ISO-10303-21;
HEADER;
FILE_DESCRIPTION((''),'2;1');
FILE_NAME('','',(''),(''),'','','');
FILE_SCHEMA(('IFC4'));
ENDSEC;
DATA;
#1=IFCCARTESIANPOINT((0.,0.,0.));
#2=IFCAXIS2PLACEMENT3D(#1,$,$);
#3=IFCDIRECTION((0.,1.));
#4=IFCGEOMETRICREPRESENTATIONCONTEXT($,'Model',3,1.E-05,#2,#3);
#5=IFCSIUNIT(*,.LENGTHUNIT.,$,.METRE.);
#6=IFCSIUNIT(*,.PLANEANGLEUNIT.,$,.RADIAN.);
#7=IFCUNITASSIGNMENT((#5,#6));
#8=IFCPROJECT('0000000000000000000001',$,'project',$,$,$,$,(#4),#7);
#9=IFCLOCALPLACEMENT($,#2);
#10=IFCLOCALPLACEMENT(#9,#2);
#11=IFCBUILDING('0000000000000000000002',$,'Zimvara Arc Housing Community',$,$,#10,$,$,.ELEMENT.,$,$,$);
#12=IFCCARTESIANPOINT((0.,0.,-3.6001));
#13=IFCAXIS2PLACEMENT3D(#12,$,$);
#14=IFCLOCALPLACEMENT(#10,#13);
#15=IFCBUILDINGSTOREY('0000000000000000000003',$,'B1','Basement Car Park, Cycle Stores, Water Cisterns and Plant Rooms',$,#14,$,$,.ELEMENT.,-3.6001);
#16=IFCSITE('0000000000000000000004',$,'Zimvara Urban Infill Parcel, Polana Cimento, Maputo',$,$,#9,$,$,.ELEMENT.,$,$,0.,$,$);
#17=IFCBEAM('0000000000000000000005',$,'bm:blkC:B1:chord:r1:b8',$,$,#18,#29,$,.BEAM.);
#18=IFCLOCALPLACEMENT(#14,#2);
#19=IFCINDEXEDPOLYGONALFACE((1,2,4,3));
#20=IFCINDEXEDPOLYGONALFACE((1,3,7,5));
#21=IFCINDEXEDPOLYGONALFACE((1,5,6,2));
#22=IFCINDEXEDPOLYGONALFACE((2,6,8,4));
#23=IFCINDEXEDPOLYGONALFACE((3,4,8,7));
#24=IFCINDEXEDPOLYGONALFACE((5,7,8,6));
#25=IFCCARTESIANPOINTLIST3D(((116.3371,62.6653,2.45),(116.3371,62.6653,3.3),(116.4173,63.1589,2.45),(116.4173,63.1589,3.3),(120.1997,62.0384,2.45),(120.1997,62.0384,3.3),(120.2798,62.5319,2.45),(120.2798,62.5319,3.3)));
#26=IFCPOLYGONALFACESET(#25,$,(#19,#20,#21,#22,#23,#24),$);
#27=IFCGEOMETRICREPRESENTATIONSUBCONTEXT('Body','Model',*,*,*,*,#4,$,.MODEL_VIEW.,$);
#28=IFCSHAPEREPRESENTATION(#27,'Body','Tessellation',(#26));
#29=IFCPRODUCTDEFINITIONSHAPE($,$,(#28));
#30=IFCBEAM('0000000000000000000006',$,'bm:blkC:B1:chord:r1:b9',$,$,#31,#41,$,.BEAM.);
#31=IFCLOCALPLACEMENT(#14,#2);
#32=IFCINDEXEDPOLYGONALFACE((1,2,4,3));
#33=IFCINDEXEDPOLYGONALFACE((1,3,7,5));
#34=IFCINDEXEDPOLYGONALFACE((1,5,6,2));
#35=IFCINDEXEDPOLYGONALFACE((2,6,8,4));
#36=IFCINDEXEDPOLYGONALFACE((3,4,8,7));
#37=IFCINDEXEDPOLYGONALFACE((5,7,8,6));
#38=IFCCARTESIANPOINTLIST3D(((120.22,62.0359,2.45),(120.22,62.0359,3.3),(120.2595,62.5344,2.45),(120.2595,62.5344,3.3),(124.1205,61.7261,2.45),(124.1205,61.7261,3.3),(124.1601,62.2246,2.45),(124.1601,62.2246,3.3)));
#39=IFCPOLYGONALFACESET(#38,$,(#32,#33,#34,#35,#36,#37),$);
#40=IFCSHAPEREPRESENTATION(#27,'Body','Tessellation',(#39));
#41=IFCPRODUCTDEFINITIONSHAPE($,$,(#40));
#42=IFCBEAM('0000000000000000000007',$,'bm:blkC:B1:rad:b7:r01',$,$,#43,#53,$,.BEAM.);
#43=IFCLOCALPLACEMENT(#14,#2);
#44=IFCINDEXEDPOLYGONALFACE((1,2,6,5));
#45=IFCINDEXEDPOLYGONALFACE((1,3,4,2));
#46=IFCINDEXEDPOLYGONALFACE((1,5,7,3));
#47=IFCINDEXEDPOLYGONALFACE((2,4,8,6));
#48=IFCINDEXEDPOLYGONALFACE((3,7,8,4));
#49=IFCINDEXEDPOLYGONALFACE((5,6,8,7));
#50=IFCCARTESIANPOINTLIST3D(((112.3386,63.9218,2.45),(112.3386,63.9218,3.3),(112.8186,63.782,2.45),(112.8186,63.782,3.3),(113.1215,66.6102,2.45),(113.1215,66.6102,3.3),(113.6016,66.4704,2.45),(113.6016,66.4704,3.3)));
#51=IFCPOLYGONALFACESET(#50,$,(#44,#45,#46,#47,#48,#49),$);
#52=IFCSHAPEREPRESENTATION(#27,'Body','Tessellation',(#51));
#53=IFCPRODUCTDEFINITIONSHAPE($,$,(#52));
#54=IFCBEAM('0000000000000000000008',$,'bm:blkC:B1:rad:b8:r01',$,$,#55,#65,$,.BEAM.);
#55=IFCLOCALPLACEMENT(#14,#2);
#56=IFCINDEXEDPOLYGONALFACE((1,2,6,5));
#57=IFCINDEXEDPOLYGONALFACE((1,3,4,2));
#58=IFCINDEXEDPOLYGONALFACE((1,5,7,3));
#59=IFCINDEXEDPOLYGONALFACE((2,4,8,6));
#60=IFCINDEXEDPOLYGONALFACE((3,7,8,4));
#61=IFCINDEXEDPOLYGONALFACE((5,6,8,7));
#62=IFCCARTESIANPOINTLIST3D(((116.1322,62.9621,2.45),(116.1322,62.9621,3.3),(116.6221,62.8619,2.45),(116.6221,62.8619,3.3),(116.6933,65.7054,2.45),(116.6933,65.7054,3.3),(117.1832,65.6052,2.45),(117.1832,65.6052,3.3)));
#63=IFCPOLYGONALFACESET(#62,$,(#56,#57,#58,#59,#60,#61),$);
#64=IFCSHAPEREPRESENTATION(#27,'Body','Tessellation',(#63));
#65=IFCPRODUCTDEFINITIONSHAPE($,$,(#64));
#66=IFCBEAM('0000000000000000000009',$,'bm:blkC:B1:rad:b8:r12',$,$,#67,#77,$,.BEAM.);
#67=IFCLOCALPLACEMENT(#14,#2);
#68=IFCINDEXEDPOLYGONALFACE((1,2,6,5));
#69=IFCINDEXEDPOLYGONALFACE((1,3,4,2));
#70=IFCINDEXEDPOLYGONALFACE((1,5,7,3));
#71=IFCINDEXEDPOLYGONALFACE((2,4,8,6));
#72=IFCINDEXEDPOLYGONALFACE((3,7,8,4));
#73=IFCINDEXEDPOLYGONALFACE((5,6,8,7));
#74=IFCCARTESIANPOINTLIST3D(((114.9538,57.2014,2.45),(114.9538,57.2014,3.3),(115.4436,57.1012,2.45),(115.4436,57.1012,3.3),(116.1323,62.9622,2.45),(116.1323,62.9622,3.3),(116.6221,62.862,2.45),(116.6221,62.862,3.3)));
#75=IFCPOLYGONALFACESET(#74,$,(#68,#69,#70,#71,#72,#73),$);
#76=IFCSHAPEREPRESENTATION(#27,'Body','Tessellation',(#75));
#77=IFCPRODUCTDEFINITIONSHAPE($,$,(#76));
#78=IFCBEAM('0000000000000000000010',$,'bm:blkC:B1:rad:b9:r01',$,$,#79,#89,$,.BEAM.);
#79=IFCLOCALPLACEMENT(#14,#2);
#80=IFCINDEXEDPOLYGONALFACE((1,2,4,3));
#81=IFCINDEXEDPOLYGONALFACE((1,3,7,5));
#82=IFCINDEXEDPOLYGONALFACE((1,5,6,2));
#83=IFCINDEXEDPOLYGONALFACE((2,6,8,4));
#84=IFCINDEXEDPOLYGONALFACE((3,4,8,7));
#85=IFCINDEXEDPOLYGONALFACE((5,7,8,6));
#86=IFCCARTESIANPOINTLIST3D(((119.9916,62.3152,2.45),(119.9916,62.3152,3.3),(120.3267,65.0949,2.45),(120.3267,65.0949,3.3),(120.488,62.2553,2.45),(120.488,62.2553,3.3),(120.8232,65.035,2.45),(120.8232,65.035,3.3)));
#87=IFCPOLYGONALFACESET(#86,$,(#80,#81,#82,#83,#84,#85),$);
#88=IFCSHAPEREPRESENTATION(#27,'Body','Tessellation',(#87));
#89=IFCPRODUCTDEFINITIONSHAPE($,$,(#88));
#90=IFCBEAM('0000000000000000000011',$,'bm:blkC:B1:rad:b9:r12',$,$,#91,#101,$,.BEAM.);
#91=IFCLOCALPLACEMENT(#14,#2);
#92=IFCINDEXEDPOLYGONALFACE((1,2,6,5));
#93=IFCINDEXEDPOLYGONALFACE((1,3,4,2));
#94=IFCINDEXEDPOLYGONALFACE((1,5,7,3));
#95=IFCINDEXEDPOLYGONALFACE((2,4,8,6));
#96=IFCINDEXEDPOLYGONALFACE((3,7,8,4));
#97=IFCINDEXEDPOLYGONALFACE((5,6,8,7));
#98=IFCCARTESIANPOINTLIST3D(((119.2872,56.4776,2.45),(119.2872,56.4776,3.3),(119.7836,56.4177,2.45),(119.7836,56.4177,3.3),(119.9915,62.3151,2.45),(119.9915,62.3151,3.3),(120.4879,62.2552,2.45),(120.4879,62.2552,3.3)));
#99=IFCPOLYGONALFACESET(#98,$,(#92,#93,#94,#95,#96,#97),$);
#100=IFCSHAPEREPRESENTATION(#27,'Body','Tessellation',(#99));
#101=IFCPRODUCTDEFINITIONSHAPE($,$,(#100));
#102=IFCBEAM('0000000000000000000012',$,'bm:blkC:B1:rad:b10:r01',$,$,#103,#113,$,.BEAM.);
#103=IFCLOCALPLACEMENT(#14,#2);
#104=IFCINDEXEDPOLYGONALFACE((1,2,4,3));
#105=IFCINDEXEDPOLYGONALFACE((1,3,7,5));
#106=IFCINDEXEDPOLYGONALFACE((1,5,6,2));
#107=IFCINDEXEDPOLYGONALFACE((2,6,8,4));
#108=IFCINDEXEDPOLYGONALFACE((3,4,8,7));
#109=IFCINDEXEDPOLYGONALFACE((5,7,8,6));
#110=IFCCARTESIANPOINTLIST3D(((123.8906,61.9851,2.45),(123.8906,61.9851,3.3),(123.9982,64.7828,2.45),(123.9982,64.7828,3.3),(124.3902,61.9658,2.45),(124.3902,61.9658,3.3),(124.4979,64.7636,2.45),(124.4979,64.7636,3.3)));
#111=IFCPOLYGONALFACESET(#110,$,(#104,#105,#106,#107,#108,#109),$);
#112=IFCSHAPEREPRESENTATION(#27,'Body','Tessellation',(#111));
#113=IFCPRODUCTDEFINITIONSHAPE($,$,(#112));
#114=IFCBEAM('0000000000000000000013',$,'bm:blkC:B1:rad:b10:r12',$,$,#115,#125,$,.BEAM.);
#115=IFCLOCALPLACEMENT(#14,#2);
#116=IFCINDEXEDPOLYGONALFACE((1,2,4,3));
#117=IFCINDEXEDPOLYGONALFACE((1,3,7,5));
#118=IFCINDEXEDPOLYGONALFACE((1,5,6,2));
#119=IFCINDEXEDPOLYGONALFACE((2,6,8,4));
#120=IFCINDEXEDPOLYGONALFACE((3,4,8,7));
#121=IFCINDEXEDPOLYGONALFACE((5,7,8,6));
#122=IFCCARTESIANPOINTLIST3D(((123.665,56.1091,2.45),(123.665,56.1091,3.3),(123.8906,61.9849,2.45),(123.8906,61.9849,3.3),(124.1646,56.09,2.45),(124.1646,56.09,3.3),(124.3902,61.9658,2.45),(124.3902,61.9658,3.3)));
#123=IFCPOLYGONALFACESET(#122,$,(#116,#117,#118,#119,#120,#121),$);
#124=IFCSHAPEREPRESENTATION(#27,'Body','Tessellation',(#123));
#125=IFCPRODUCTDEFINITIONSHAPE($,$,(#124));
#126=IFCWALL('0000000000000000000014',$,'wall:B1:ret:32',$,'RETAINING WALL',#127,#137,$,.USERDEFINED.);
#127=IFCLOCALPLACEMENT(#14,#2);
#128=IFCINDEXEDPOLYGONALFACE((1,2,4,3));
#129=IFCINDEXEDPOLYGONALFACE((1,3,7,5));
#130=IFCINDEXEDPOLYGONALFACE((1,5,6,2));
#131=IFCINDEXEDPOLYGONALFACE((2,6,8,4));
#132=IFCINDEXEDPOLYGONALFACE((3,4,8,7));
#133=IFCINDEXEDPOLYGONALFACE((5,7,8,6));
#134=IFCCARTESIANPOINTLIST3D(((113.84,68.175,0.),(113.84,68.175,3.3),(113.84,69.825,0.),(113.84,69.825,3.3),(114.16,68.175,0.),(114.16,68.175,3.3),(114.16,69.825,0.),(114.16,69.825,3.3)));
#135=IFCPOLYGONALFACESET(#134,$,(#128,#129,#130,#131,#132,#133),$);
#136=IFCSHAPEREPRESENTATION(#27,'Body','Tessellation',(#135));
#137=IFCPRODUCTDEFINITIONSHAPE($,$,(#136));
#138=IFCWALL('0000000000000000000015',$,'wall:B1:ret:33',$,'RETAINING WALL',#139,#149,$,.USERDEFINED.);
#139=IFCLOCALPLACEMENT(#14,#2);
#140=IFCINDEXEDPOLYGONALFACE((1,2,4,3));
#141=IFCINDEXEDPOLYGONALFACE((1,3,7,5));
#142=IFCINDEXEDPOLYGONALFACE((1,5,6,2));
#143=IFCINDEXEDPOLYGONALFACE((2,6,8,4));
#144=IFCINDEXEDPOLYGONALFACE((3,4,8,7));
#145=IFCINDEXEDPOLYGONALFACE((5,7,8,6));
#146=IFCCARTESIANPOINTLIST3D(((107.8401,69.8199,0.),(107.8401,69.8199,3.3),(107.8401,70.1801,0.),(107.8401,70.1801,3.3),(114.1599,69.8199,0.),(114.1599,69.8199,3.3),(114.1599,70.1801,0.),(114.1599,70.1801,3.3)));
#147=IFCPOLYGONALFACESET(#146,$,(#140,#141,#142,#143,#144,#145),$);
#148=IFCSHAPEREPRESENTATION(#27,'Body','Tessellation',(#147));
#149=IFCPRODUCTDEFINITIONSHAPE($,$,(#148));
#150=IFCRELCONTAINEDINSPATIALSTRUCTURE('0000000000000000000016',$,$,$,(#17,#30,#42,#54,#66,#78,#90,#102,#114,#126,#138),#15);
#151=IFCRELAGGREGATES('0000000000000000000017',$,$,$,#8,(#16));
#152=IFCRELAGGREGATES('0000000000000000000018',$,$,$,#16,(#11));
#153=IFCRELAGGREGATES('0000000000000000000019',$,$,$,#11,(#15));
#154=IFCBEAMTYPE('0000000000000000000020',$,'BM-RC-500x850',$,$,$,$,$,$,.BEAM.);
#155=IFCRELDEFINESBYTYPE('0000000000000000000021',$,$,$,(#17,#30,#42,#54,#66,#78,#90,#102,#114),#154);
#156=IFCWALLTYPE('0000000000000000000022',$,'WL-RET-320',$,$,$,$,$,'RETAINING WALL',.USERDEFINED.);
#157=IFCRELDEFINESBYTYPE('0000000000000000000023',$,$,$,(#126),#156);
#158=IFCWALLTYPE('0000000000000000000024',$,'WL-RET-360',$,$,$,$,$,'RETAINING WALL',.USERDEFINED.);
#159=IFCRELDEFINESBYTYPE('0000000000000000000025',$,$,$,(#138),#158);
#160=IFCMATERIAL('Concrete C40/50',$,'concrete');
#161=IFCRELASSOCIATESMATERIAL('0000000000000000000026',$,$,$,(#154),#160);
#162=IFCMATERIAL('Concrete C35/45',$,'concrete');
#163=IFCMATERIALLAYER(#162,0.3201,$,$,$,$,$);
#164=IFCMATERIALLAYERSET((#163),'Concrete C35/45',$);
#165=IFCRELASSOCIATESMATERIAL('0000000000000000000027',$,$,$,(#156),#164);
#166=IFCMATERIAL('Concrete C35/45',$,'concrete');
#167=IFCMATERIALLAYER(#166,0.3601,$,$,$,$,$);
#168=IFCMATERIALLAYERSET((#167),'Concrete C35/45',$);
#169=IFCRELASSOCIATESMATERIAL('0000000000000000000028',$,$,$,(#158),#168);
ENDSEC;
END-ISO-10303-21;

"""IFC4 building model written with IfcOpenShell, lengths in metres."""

from ifc_helpers import new_model, si_unit, direction, frame, frame_2d, origin, origin_2d, place, context, subcontext, project, spatial, rectangle, extrude, material, layer, layer_set, material_profile, profile_set, type_object, element, save


model = new_model("IFC4")

# Units and contexts
model_context = context("Model", 3, precision=1e-05, world=origin(), true_north=direction((0.0, 1.0)))
body_context = subcontext(model_context, "Body", "Model", "MODEL_VIEW")
ifc_project = project(units=[si_unit("LENGTHUNIT", "METRE"), si_unit("PLANEANGLEUNIT", "RADIAN")], contexts=[model_context])

# Site, building, storey
site_placement = place(None, origin())
site = spatial("IfcSite", under=ifc_project, at=site_placement, Name="Zimvara Urban Infill Parcel, Polana Cimento, Maputo", CompositionType="ELEMENT", RefElevation=0.0)
building_placement = place(site_placement, origin())
building = spatial("IfcBuilding", under=site, at=building_placement, Name="Zimvara Arc Housing Community", CompositionType="ELEMENT")
storey_placement = place(building_placement, frame((0.0, 0.0, -3.6001)))
storey = spatial("IfcBuildingStorey", under=building, at=storey_placement, Name="B1", Description="Basement Car Park, Cycle Stores, Water Cisterns and Plant Rooms", CompositionType="ELEMENT", Elevation=-3.6001)

# Beams
ifc_material_1 = material(Name="Concrete C40/50", Category="concrete")
ifc_material_profile_1 = material_profile(ifc_material_1, rectangle(XDim=0.5, YDim=0.8501, at=origin_2d()), Name="RC 500x850")
ifc_profile_set_1 = profile_set([ifc_material_profile_1], Name="Concrete C40/50")
beam_type = type_object("IfcBeamType", Name="BM-RC-500x850", PredefinedType="BEAM", material=ifc_profile_set_1)
beam_1_placement = place(storey_placement, frame((116.3772, 62.9121, 2.875), z_axis=(0.987081, -0.160219, 0.0), x_axis=(0.160219, 0.987081, 0.0)))
element("IfcBeam", 1, at=beam_1_placement, inside=storey, type_object=beam_type, Name="bm:blkC:B1:chord:r1:b8", PredefinedType="BEAM", context=body_context, shape_type="SweptSolid", body=[
    extrude(rectangle(XDim=0.5, YDim=0.8501, at=origin_2d()), origin(), (0.0, 0.0, 1.0), 3.9131),
])
beam_2_placement = place(storey_placement, frame((120.2397, 62.2852, 2.875), z_axis=(0.996861, -0.079177, 0.0), x_axis=(0.079177, 0.996861, 0.0)))
element("IfcBeam", 2, at=beam_2_placement, inside=storey, type_object=beam_type, Name="bm:blkC:B1:chord:r1:b9", PredefinedType="BEAM", context=body_context, shape_type="SweptSolid", body=[
    extrude(rectangle(XDim=0.5, YDim=0.8501, at=origin_2d()), origin(), (0.0, 0.0, 1.0), 3.9128),
])
for number, where, z_axis, x_axis, name in (
    (3, (113.3616, 66.5403, 2.875), (-0.279635, -0.960106, 0.0), (0.960106, -0.279635, 0.0), "bm:blkC:B1:rad:b7:r01"),
    (4, (116.9382, 65.6553, 2.875), (-0.200373, -0.97972, 0.0), (0.97972, -0.200373, 0.0), "bm:blkC:B1:rad:b8:r01"),
):
    element("IfcBeam", number, at=place(storey_placement, frame(where, z_axis=z_axis, x_axis=x_axis)), inside=storey, type_object=beam_type, Name=name, PredefinedType="BEAM", context=body_context, shape_type="SweptSolid", body=[
        extrude(rectangle(XDim=0.5, YDim=0.8501, at=origin_2d()), origin(), (0.0, 0.0, 1.0), 2.8),
    ])
beam_3_placement = place(storey_placement, frame((116.3772, 62.9121, 2.875), z_axis=(-0.200418, -0.97971, 0.0), x_axis=(0.97971, -0.200418, 0.0)))
element("IfcBeam", 5, at=beam_3_placement, inside=storey, type_object=beam_type, Name="bm:blkC:B1:rad:b8:r12", PredefinedType="BEAM", context=body_context, shape_type="SweptSolid", body=[
    extrude(rectangle(XDim=0.5, YDim=0.8501, at=origin_2d()), origin(), (0.0, 0.0, 1.0), 5.8801),
])
beam_4_placement = place(storey_placement, frame((120.575, 65.0649, 2.875), z_axis=(-0.119719, -0.992808, 0.0), x_axis=(0.992808, -0.119719, 0.0)))
element("IfcBeam", 6, at=beam_4_placement, inside=storey, type_object=beam_type, Name="bm:blkC:B1:rad:b9:r01", PredefinedType="BEAM", context=body_context, shape_type="SweptSolid", body=[
    extrude(rectangle(XDim=0.5, YDim=0.8501, at=origin_2d()), origin(), (0.0, 0.0, 1.0), 2.7998),
])
beam_5_placement = place(storey_placement, frame((120.2397, 62.2852, 2.875), z_axis=(-0.119787, -0.9928, 0.0), x_axis=(0.9928, -0.119787, 0.0)))
element("IfcBeam", 7, at=beam_5_placement, inside=storey, type_object=beam_type, Name="bm:blkC:B1:rad:b9:r12", PredefinedType="BEAM", context=body_context, shape_type="SweptSolid", body=[
    extrude(rectangle(XDim=0.5, YDim=0.8501, at=origin_2d()), origin(), (0.0, 0.0, 1.0), 5.8799),
])
beam_6_placement = place(storey_placement, frame((124.248, 64.7732, 2.875), z_axis=(-0.038453, -0.99926, 0.0), x_axis=(0.99926, -0.038453, 0.0)))
element("IfcBeam", 8, at=beam_6_placement, inside=storey, type_object=beam_type, Name="bm:blkC:B1:rad:b10:r01", PredefinedType="BEAM", context=body_context, shape_type="SweptSolid", body=[
    extrude(rectangle(XDim=0.5, YDim=0.8501, at=origin_2d()), origin(), (0.0, 0.0, 1.0), 2.7998),
])
beam_7_placement = place(storey_placement, frame((124.1404, 61.9753, 2.875), z_axis=(-0.038365, -0.999264, 0.0), x_axis=(0.999264, -0.038365, 0.0)))
element("IfcBeam", 9, at=beam_7_placement, inside=storey, type_object=beam_type, Name="bm:blkC:B1:rad:b10:r12", PredefinedType="BEAM", context=body_context, shape_type="SweptSolid", body=[
    extrude(rectangle(XDim=0.5, YDim=0.8501, at=origin_2d()), origin(), (0.0, 0.0, 1.0), 5.8801),
])

# Walls
ifc_material_2 = material(Name="Concrete C35/45", Category="concrete")
ifc_layer_1 = layer(ifc_material_2, 0.3201)
ifc_layer_set_1 = layer_set([ifc_layer_1], Name="Concrete C35/45")
wall_type_1 = type_object("IfcWallType", Name="WL-RET-320", ElementType="RETAINING WALL", PredefinedType="USERDEFINED", material=ifc_layer_set_1)
wall_1_placement = place(storey_placement, frame((114.0, 68.175, 0.0), z_axis=(0.0, 0.0, 1.0), x_axis=(0.0, 1.0, 0.0)))
element("IfcWall", 10, at=wall_1_placement, inside=storey, type_object=wall_type_1, Name="wall:B1:ret:32", ObjectType="RETAINING WALL", PredefinedType="USERDEFINED", context=body_context, shape_type="SweptSolid", body=[
    extrude(rectangle(XDim=1.6499, YDim=0.3201, at=frame_2d((0.825, 0.0))), origin(), (0.0, 0.0, 1.0), 3.3),
])
ifc_material_3 = material(Name="Concrete C35/45", Category="concrete")
ifc_layer_2 = layer(ifc_material_3, 0.3601)
ifc_layer_set_2 = layer_set([ifc_layer_2], Name="Concrete C35/45")
wall_type_2 = type_object("IfcWallType", Name="WL-RET-360", ElementType="RETAINING WALL", PredefinedType="USERDEFINED", material=ifc_layer_set_2)
wall_2_placement = place(storey_placement, frame((114.1599, 70.0, 0.0), z_axis=(0.0, 0.0, 1.0), x_axis=(-1.0, 0.0, 0.0)))
element("IfcWall", 11, at=wall_2_placement, inside=storey, type_object=wall_type_2, Name="wall:B1:ret:33", ObjectType="RETAINING WALL", PredefinedType="USERDEFINED", context=body_context, shape_type="SweptSolid", body=[
    extrude(rectangle(XDim=6.3198, YDim=0.3601, at=frame_2d((3.1599, 0.0))), origin(), (0.0, 0.0, 1.0), 3.3),
])

save(model, "model.ifc")
